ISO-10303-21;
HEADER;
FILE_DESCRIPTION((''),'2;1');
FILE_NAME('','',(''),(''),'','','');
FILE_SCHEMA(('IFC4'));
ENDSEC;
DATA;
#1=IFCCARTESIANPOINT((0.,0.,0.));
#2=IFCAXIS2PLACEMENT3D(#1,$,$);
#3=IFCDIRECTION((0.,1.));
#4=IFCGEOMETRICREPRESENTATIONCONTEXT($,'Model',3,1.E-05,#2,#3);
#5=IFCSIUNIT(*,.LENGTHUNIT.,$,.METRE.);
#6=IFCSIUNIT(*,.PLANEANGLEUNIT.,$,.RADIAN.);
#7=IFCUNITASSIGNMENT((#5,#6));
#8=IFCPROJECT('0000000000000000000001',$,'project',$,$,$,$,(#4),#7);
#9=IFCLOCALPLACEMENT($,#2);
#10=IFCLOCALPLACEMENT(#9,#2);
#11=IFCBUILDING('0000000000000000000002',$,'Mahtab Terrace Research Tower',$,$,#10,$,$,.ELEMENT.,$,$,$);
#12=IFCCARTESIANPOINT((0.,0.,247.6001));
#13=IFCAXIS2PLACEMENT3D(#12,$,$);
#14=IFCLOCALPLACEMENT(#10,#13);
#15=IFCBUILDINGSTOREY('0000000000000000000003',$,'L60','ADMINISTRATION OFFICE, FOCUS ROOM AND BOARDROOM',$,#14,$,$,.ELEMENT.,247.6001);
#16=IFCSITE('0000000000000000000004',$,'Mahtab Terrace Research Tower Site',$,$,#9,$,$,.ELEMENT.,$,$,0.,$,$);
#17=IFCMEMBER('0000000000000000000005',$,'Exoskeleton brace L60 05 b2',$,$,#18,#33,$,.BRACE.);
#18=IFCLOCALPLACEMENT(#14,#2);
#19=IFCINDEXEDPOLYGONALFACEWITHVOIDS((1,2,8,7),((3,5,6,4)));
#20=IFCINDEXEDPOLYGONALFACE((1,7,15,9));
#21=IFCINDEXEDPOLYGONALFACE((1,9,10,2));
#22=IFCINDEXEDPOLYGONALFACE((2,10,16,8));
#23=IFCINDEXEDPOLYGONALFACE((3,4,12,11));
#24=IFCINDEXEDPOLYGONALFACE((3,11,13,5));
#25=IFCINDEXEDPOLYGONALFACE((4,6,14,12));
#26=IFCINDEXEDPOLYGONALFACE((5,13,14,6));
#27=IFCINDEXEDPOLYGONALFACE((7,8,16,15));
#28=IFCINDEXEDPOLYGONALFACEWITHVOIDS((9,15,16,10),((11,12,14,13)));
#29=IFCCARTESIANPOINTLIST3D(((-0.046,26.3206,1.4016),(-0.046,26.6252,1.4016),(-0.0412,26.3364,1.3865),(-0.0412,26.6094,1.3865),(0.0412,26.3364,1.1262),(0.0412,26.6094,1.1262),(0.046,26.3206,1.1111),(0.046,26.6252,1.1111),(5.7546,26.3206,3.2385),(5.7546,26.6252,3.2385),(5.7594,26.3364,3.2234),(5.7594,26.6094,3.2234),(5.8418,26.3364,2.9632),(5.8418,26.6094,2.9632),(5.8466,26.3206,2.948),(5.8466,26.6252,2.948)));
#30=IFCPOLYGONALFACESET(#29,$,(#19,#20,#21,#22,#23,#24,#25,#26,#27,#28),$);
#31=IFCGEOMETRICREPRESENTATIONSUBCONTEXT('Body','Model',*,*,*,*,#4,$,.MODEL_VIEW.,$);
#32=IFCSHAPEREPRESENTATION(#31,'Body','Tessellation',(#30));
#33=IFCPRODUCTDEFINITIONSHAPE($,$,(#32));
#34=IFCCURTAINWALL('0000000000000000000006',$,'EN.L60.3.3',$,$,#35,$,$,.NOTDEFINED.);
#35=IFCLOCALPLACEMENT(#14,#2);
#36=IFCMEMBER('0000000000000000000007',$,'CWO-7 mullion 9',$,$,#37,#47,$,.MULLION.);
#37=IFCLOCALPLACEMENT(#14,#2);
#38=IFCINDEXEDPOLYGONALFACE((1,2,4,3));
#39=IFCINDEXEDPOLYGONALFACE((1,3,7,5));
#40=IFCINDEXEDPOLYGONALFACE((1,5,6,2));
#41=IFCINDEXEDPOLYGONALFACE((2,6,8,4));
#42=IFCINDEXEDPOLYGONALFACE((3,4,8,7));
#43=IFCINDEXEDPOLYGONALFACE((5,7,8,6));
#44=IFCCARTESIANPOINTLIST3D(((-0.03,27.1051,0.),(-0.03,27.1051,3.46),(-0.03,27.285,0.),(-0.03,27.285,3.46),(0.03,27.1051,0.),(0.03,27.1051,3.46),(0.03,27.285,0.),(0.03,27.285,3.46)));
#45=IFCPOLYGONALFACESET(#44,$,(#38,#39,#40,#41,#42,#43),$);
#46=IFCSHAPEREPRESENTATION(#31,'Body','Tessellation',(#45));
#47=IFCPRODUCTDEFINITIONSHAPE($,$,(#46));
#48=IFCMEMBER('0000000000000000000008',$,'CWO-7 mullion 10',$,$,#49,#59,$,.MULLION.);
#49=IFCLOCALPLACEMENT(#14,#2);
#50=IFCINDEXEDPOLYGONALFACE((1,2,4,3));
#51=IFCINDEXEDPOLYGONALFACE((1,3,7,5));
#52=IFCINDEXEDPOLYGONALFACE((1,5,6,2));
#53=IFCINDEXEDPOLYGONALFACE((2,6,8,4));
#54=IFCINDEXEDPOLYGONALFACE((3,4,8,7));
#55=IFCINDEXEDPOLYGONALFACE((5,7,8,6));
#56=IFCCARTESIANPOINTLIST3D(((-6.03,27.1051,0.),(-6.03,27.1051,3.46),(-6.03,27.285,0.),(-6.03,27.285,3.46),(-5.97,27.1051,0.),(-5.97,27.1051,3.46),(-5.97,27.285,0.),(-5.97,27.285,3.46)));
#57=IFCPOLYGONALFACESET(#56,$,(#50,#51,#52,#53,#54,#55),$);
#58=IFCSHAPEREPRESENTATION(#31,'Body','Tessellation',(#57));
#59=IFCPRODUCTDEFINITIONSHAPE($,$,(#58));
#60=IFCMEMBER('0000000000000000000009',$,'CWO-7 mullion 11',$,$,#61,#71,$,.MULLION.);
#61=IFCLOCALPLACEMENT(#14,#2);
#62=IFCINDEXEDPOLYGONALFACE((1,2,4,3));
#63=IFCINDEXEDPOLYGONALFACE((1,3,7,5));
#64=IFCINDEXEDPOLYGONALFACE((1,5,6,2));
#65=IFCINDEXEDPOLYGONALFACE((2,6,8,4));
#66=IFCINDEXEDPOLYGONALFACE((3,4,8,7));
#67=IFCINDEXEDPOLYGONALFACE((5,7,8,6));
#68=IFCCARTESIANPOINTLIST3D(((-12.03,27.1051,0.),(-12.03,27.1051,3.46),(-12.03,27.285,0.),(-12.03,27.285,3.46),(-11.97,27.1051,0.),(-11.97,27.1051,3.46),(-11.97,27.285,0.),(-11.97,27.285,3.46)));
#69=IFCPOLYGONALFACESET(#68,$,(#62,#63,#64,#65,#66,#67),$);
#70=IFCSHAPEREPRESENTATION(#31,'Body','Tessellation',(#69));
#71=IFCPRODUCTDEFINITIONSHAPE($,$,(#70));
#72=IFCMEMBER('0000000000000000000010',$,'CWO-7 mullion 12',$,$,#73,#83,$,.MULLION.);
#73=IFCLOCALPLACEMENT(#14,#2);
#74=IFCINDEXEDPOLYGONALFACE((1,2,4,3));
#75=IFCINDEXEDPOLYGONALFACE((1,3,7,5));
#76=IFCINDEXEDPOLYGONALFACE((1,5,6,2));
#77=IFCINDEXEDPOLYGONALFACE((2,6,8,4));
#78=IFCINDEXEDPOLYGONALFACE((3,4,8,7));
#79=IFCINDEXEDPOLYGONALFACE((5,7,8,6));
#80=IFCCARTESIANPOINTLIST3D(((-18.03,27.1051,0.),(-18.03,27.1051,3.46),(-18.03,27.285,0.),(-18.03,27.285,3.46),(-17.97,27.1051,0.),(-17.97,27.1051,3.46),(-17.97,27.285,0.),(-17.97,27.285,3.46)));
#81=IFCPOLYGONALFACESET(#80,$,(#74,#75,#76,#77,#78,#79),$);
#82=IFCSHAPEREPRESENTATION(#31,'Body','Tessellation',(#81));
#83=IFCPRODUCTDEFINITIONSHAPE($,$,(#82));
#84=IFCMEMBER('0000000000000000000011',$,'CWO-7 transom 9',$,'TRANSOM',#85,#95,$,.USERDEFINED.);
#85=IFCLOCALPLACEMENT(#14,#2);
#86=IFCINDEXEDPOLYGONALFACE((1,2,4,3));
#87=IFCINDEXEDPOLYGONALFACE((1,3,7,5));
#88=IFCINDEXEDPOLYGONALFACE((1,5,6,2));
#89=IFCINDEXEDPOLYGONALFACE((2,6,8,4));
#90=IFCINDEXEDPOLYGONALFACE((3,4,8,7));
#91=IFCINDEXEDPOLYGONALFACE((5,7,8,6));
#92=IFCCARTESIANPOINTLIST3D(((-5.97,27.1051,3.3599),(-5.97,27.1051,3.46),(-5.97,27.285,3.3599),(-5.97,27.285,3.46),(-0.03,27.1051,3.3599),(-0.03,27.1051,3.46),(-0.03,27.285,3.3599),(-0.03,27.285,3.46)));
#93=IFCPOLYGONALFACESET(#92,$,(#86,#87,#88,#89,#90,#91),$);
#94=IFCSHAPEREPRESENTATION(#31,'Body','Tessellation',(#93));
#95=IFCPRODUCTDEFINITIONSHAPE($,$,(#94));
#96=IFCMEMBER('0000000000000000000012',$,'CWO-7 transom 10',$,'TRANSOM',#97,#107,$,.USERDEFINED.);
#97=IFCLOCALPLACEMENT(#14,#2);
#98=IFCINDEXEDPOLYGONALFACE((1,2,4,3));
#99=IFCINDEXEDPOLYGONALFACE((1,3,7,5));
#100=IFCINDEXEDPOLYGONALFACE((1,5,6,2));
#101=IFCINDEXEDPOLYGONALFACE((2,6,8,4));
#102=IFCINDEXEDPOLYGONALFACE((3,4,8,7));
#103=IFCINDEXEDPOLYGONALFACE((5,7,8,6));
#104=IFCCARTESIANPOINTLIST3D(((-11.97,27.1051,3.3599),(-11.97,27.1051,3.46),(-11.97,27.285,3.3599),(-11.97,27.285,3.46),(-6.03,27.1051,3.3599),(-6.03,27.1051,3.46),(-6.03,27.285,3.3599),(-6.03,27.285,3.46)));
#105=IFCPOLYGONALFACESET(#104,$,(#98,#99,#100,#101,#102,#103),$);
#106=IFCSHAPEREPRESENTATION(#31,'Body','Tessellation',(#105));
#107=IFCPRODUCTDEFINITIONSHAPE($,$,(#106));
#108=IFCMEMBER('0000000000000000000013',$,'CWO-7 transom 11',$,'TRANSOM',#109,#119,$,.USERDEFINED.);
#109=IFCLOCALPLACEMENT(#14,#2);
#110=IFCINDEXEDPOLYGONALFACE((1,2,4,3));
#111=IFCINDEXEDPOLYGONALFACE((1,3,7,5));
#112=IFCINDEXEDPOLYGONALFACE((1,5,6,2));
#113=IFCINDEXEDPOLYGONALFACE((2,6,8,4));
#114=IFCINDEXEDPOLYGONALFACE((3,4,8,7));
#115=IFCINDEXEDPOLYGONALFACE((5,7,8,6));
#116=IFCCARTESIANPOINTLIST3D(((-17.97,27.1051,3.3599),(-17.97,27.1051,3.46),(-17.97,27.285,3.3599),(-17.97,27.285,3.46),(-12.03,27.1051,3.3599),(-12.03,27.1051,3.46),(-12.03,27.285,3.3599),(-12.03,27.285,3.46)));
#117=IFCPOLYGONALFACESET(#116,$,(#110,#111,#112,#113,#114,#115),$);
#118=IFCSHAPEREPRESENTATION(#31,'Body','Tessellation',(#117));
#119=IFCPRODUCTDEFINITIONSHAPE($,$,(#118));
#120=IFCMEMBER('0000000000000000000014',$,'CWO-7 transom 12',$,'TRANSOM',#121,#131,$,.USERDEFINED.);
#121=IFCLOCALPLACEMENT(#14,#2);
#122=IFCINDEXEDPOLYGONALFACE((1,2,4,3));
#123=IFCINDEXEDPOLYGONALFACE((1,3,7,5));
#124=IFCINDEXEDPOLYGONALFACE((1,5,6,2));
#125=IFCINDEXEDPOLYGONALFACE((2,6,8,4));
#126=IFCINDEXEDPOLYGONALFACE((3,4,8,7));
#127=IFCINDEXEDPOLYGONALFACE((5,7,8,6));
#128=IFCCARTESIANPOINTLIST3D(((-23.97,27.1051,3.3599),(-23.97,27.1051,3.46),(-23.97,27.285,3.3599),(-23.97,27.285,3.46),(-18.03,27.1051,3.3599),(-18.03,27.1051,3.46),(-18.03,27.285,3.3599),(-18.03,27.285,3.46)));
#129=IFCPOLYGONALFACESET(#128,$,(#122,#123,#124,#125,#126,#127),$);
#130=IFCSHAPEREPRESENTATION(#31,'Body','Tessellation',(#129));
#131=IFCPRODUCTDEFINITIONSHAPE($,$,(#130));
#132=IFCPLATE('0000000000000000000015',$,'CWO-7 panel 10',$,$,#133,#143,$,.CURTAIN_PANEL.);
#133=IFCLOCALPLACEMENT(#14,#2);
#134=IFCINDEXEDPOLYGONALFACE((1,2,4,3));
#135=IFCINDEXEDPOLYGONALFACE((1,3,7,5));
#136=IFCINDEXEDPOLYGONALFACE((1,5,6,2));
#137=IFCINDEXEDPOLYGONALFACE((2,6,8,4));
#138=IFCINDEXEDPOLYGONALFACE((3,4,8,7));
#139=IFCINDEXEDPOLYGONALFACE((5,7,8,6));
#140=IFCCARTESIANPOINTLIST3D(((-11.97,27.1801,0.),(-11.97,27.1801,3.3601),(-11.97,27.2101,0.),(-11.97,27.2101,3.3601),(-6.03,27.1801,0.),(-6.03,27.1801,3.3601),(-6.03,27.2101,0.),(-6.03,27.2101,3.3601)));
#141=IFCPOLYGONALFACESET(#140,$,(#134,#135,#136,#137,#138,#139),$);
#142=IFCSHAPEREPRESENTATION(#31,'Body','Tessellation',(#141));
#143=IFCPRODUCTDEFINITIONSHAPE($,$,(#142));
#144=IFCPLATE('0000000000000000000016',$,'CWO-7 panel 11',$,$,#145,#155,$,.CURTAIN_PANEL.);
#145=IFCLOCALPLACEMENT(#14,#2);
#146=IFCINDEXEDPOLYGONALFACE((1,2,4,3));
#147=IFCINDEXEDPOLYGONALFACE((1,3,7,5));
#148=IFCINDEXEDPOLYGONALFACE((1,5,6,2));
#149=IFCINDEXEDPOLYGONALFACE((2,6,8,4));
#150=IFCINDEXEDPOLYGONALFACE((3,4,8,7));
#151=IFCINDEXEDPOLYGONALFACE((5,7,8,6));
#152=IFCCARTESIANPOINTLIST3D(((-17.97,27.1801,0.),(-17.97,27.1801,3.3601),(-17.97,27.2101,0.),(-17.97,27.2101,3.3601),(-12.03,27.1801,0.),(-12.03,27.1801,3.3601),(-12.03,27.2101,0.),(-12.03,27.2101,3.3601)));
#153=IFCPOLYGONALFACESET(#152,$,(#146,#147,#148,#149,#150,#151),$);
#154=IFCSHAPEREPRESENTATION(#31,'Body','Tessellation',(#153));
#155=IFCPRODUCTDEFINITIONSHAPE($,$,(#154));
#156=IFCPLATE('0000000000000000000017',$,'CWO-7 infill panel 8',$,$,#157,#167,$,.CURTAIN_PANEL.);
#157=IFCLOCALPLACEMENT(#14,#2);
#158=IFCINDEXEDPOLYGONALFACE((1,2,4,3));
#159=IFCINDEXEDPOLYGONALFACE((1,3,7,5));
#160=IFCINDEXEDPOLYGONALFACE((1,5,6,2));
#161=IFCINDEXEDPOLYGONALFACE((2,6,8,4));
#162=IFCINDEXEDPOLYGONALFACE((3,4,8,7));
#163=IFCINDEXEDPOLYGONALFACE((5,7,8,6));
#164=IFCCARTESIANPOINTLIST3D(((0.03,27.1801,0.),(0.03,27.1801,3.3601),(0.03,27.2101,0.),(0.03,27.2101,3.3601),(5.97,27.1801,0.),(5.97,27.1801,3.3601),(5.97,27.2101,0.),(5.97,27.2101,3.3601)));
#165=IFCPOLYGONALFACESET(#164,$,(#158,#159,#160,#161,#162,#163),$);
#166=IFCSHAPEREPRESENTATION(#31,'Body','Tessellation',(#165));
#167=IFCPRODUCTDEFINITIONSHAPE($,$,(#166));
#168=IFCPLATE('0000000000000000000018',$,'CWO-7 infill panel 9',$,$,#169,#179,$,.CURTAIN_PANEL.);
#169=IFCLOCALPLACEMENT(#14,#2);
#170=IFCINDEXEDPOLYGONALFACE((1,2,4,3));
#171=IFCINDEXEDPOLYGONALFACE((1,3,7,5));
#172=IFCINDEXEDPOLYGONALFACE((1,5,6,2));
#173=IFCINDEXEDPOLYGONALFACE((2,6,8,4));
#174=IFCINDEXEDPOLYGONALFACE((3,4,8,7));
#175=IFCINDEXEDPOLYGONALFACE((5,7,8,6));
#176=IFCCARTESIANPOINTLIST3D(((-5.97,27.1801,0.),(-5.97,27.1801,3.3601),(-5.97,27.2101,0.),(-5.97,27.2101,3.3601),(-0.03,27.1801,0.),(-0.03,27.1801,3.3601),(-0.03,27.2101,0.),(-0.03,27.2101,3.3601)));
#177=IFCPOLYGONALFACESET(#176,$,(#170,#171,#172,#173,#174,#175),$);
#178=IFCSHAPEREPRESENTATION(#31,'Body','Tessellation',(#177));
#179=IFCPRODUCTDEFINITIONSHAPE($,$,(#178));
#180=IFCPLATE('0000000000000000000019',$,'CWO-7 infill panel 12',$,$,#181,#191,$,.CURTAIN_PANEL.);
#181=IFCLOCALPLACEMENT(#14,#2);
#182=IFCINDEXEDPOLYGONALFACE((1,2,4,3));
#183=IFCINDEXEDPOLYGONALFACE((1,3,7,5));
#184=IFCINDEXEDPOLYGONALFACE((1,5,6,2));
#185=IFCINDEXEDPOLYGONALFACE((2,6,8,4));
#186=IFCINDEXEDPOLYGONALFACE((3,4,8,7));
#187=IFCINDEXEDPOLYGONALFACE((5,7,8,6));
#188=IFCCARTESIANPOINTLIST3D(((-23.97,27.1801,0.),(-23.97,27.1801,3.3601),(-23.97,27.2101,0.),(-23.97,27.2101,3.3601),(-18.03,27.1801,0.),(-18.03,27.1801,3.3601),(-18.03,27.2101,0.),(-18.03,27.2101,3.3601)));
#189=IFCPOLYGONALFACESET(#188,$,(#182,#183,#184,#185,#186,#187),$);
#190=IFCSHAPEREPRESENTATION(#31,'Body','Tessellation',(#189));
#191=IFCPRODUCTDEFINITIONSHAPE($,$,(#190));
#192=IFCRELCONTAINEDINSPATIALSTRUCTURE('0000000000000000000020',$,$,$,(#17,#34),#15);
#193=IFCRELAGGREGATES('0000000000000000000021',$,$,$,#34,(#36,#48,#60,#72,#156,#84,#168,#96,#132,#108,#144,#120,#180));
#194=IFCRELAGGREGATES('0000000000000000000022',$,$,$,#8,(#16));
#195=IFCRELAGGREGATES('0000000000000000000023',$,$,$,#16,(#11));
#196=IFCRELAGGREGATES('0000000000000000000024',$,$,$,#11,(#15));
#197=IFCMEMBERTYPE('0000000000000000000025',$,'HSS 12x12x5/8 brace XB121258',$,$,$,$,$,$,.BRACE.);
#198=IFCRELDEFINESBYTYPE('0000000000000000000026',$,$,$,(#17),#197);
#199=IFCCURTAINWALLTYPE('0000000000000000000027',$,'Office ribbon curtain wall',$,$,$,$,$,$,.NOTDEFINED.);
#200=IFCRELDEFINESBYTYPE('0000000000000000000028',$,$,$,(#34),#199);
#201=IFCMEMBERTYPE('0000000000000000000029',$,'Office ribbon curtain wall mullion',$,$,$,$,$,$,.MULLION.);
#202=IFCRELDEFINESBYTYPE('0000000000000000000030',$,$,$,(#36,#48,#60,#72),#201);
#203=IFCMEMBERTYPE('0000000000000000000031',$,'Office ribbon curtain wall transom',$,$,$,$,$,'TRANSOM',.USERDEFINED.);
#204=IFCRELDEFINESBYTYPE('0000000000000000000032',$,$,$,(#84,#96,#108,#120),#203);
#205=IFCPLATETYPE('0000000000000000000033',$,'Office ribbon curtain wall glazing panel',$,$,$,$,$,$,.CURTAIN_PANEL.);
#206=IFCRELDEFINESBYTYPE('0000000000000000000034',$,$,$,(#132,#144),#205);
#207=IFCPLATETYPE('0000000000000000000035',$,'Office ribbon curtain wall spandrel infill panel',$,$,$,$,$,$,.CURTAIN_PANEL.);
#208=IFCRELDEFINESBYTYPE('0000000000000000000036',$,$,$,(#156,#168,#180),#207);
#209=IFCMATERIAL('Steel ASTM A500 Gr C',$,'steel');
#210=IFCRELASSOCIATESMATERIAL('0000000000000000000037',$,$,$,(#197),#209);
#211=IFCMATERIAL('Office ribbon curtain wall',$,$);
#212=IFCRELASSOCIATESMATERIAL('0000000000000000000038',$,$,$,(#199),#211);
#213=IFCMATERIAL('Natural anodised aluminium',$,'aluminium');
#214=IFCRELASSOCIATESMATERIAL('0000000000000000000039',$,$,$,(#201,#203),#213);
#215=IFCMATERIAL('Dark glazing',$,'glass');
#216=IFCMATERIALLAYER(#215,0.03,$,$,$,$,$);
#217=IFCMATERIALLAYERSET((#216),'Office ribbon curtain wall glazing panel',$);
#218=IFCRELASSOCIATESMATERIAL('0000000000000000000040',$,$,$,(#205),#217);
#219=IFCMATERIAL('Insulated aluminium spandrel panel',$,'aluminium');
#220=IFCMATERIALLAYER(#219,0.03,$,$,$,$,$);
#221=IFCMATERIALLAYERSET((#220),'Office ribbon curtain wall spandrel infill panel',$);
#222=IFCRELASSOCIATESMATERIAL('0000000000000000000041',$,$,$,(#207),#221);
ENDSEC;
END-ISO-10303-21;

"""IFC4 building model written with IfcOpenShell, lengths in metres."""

from ifc_helpers import new_model, si_unit, direction, frame, origin, origin_2d, place, context, subcontext, project, spatial, rectangle, hollow_rectangle, extrude, material, layer, layer_set, material_profile, profile_set, type_object, element, aggregate, save


model = new_model("IFC4")

# Units and contexts
model_context = context("Model", 3, precision=1e-05, world=origin(), true_north=direction((0.0, 1.0)))
body_context = subcontext(model_context, "Body", "Model", "MODEL_VIEW")
ifc_project = project(units=[si_unit("LENGTHUNIT", "METRE"), si_unit("PLANEANGLEUNIT", "RADIAN")], contexts=[model_context])

# Site, building, storey
site_placement = place(None, origin())
site = spatial("IfcSite", under=ifc_project, at=site_placement, Name="Mahtab Terrace Research Tower Site", CompositionType="ELEMENT", RefElevation=0.0)
building_placement = place(site_placement, origin())
building = spatial("IfcBuilding", under=site, at=building_placement, Name="Mahtab Terrace Research Tower", CompositionType="ELEMENT")
storey_placement = place(building_placement, frame((0.0, 0.0, 247.6001)))
storey = spatial("IfcBuildingStorey", under=building, at=storey_placement, Name="L60", Description="ADMINISTRATION OFFICE, FOCUS ROOM AND BOARDROOM", CompositionType="ELEMENT", Elevation=247.6001)

# Member
ifc_material_1 = material(Name="Steel ASTM A500 Gr C", Category="steel")
ifc_material_profile_1 = material_profile(ifc_material_1, hollow_rectangle(XDim=0.3047, YDim=0.3047, WallThickness=0.0159, at=origin_2d()), Name="HSS12X12X5/8")
ifc_profile_set_1 = profile_set([ifc_material_profile_1], Name="Steel ASTM A500 Gr C")
member_type_1 = type_object("IfcMemberType", Name="HSS 12x12x5/8 brace XB121258", PredefinedType="BRACE", material=ifc_profile_set_1)
member_1_placement = place(storey_placement, frame((0.0, 26.4729, 1.2563), z_axis=(0.953339, 0.0, 0.301903), x_axis=(0.0, 1.0, 0.0)))
element("IfcMember", 1, at=member_1_placement, inside=storey, type_object=member_type_1, Name="Exoskeleton brace L60 05 b2", PredefinedType="BRACE", context=body_context, shape_type="SweptSolid", body=[
    extrude(hollow_rectangle(XDim=0.3047, YDim=0.3047, WallThickness=0.0159, at=origin_2d()), origin(), (0.0, 0.0, 1.0), 6.0845),
])

# Curtain wall, members, plates
ifc_material_2 = material(Name="Office ribbon curtain wall")
curtain_wall_type = type_object("IfcCurtainWallType", Name="Office ribbon curtain wall", PredefinedType="NOTDEFINED", material=ifc_material_2)
curtain_wall_placement = place(storey_placement, origin())
curtain_wall = element("IfcCurtainWall", 2, at=curtain_wall_placement, inside=storey, type_object=curtain_wall_type, Name="EN.L60.3.3", PredefinedType="NOTDEFINED")
ifc_material_3 = material(Name="Natural anodised aluminium", Category="aluminium")
ifc_material_profile_2 = material_profile(ifc_material_3, rectangle(XDim=0.1799, YDim=0.0601, at=origin_2d()), Name="MULLION 60x180")
ifc_profile_set_2 = profile_set([ifc_material_profile_2], Name="Natural anodised aluminium")
member_type_2 = type_object("IfcMemberType", Name="Office ribbon curtain wall mullion", PredefinedType="MULLION", material=ifc_profile_set_2)
member_2_placement = place(storey_placement, frame((0.0, 27.1951, 0.0), z_axis=(0.0, 0.0, 1.0), x_axis=(0.0, -1.0, 0.0)))
member_2 = element("IfcMember", 3, at=member_2_placement, type_object=member_type_2, Name="CWO-7 mullion 9", PredefinedType="MULLION", context=body_context, shape_type="SweptSolid", body=[
    extrude(rectangle(XDim=0.1799, YDim=0.0601, at=origin_2d()), origin(), (0.0, 0.0, 1.0), 3.46),
])
member_3_placement = place(storey_placement, frame((-6.0, 27.1951, 0.0), z_axis=(0.0, 0.0, 1.0), x_axis=(0.0, -1.0, 0.0)))
member_3 = element("IfcMember", 4, at=member_3_placement, type_object=member_type_2, Name="CWO-7 mullion 10", PredefinedType="MULLION", context=body_context, shape_type="SweptSolid", body=[
    extrude(rectangle(XDim=0.1799, YDim=0.0601, at=origin_2d()), origin(), (0.0, 0.0, 1.0), 3.46),
])
member_4_placement = place(storey_placement, frame((-12.0, 27.1951, 0.0), z_axis=(0.0, 0.0, 1.0), x_axis=(0.0, -1.0, 0.0)))
member_4 = element("IfcMember", 5, at=member_4_placement, type_object=member_type_2, Name="CWO-7 mullion 11", PredefinedType="MULLION", context=body_context, shape_type="SweptSolid", body=[
    extrude(rectangle(XDim=0.1799, YDim=0.0601, at=origin_2d()), origin(), (0.0, 0.0, 1.0), 3.46),
])
member_5_placement = place(storey_placement, frame((-18.0, 27.1951, 0.0), z_axis=(0.0, 0.0, 1.0), x_axis=(0.0, -1.0, 0.0)))
member_5 = element("IfcMember", 6, at=member_5_placement, type_object=member_type_2, Name="CWO-7 mullion 12", PredefinedType="MULLION", context=body_context, shape_type="SweptSolid", body=[
    extrude(rectangle(XDim=0.1799, YDim=0.0601, at=origin_2d()), origin(), (0.0, 0.0, 1.0), 3.46),
])
ifc_material_profile_3 = material_profile(ifc_material_3, rectangle(XDim=0.1799, YDim=0.1001, at=origin_2d()), Name="TRANSOM 100x180")
ifc_profile_set_3 = profile_set([ifc_material_profile_3], Name="Natural anodised aluminium")
member_type_3 = type_object("IfcMemberType", Name="Office ribbon curtain wall transom", ElementType="TRANSOM", PredefinedType="USERDEFINED", material=ifc_profile_set_3)
member_6_placement = place(storey_placement, frame((-0.03, 27.1951, 3.4099), z_axis=(-1.0, 0.0, 0.0), x_axis=(0.0, -1.0, 0.0)))
member_6 = element("IfcMember", 7, at=member_6_placement, type_object=member_type_3, Name="CWO-7 transom 9", ObjectType="TRANSOM", PredefinedType="USERDEFINED", context=body_context, shape_type="SweptSolid", body=[
    extrude(rectangle(XDim=0.1799, YDim=0.1001, at=origin_2d()), origin(), (0.0, 0.0, 1.0), 5.9399),
])
member_7_placement = place(storey_placement, frame((-6.03, 27.1951, 3.4099), z_axis=(-1.0, 0.0, 0.0), x_axis=(0.0, -1.0, 0.0)))
member_7 = element("IfcMember", 8, at=member_7_placement, type_object=member_type_3, Name="CWO-7 transom 10", ObjectType="TRANSOM", PredefinedType="USERDEFINED", context=body_context, shape_type="SweptSolid", body=[
    extrude(rectangle(XDim=0.1799, YDim=0.1001, at=origin_2d()), origin(), (0.0, 0.0, 1.0), 5.9399),
])
member_8_placement = place(storey_placement, frame((-12.03, 27.1951, 3.4099), z_axis=(-1.0, 0.0, 0.0), x_axis=(0.0, -1.0, 0.0)))
member_8 = element("IfcMember", 9, at=member_8_placement, type_object=member_type_3, Name="CWO-7 transom 11", ObjectType="TRANSOM", PredefinedType="USERDEFINED", context=body_context, shape_type="SweptSolid", body=[
    extrude(rectangle(XDim=0.1799, YDim=0.1001, at=origin_2d()), origin(), (0.0, 0.0, 1.0), 5.9399),
])
member_9_placement = place(storey_placement, frame((-18.03, 27.1951, 3.4099), z_axis=(-1.0, 0.0, 0.0), x_axis=(0.0, -1.0, 0.0)))
member_9 = element("IfcMember", 10, at=member_9_placement, type_object=member_type_3, Name="CWO-7 transom 12", ObjectType="TRANSOM", PredefinedType="USERDEFINED", context=body_context, shape_type="SweptSolid", body=[
    extrude(rectangle(XDim=0.1799, YDim=0.1001, at=origin_2d()), origin(), (0.0, 0.0, 1.0), 5.9399),
])
ifc_material_4 = material(Name="Dark glazing", Category="glass")
ifc_layer_1 = layer(ifc_material_4, 0.03)
ifc_layer_set_1 = layer_set([ifc_layer_1], Name="Office ribbon curtain wall glazing panel")
plate_type_1 = type_object("IfcPlateType", Name="Office ribbon curtain wall glazing panel", PredefinedType="CURTAIN_PANEL", material=ifc_layer_set_1)
plate_1_placement = place(storey_placement, frame((-9.0, 27.1951, 0.0), z_axis=(0.0, 0.0, 1.0), x_axis=(-1.0, 0.0, 0.0)))
plate_1 = element("IfcPlate", 11, at=plate_1_placement, type_object=plate_type_1, Name="CWO-7 panel 10", PredefinedType="CURTAIN_PANEL", context=body_context, shape_type="SweptSolid", body=[
    extrude(rectangle(XDim=5.9399, YDim=0.03, at=origin_2d()), origin(), (0.0, 0.0, 1.0), 3.3601),
])
plate_2_placement = place(storey_placement, frame((-15.0, 27.1951, 0.0), z_axis=(0.0, 0.0, 1.0), x_axis=(-1.0, 0.0, 0.0)))
plate_2 = element("IfcPlate", 12, at=plate_2_placement, type_object=plate_type_1, Name="CWO-7 panel 11", PredefinedType="CURTAIN_PANEL", context=body_context, shape_type="SweptSolid", body=[
    extrude(rectangle(XDim=5.9399, YDim=0.03, at=origin_2d()), origin(), (0.0, 0.0, 1.0), 3.3601),
])
ifc_material_5 = material(Name="Insulated aluminium spandrel panel", Category="aluminium")
ifc_layer_2 = layer(ifc_material_5, 0.03)
ifc_layer_set_2 = layer_set([ifc_layer_2], Name="Office ribbon curtain wall spandrel infill panel")
plate_type_2 = type_object("IfcPlateType", Name="Office ribbon curtain wall spandrel infill panel", PredefinedType="CURTAIN_PANEL", material=ifc_layer_set_2)
plate_3_placement = place(storey_placement, frame((3.0, 27.1951, 0.0), z_axis=(0.0, 0.0, 1.0), x_axis=(-1.0, 0.0, 0.0)))
plate_3 = element("IfcPlate", 13, at=plate_3_placement, type_object=plate_type_2, Name="CWO-7 infill panel 8", PredefinedType="CURTAIN_PANEL", context=body_context, shape_type="SweptSolid", body=[
    extrude(rectangle(XDim=5.9399, YDim=0.03, at=origin_2d()), origin(), (0.0, 0.0, 1.0), 3.3601),
])
plate_4_placement = place(storey_placement, frame((-3.0, 27.1951, 0.0), z_axis=(0.0, 0.0, 1.0), x_axis=(-1.0, 0.0, 0.0)))
plate_4 = element("IfcPlate", 14, at=plate_4_placement, type_object=plate_type_2, Name="CWO-7 infill panel 9", PredefinedType="CURTAIN_PANEL", context=body_context, shape_type="SweptSolid", body=[
    extrude(rectangle(XDim=5.9399, YDim=0.03, at=origin_2d()), origin(), (0.0, 0.0, 1.0), 3.3601),
])
plate_5_placement = place(storey_placement, frame((-21.0, 27.1951, 0.0), z_axis=(0.0, 0.0, 1.0), x_axis=(-1.0, 0.0, 0.0)))
plate_5 = element("IfcPlate", 15, at=plate_5_placement, type_object=plate_type_2, Name="CWO-7 infill panel 12", PredefinedType="CURTAIN_PANEL", context=body_context, shape_type="SweptSolid", body=[
    extrude(rectangle(XDim=5.9399, YDim=0.03, at=origin_2d()), origin(), (0.0, 0.0, 1.0), 3.3601),
])
aggregate(curtain_wall, [member_2, member_3, member_4, member_5, plate_3, member_6, plate_4, member_7, plate_1, member_8, plate_2, member_9, plate_5])

save(model, "model.ifc")
